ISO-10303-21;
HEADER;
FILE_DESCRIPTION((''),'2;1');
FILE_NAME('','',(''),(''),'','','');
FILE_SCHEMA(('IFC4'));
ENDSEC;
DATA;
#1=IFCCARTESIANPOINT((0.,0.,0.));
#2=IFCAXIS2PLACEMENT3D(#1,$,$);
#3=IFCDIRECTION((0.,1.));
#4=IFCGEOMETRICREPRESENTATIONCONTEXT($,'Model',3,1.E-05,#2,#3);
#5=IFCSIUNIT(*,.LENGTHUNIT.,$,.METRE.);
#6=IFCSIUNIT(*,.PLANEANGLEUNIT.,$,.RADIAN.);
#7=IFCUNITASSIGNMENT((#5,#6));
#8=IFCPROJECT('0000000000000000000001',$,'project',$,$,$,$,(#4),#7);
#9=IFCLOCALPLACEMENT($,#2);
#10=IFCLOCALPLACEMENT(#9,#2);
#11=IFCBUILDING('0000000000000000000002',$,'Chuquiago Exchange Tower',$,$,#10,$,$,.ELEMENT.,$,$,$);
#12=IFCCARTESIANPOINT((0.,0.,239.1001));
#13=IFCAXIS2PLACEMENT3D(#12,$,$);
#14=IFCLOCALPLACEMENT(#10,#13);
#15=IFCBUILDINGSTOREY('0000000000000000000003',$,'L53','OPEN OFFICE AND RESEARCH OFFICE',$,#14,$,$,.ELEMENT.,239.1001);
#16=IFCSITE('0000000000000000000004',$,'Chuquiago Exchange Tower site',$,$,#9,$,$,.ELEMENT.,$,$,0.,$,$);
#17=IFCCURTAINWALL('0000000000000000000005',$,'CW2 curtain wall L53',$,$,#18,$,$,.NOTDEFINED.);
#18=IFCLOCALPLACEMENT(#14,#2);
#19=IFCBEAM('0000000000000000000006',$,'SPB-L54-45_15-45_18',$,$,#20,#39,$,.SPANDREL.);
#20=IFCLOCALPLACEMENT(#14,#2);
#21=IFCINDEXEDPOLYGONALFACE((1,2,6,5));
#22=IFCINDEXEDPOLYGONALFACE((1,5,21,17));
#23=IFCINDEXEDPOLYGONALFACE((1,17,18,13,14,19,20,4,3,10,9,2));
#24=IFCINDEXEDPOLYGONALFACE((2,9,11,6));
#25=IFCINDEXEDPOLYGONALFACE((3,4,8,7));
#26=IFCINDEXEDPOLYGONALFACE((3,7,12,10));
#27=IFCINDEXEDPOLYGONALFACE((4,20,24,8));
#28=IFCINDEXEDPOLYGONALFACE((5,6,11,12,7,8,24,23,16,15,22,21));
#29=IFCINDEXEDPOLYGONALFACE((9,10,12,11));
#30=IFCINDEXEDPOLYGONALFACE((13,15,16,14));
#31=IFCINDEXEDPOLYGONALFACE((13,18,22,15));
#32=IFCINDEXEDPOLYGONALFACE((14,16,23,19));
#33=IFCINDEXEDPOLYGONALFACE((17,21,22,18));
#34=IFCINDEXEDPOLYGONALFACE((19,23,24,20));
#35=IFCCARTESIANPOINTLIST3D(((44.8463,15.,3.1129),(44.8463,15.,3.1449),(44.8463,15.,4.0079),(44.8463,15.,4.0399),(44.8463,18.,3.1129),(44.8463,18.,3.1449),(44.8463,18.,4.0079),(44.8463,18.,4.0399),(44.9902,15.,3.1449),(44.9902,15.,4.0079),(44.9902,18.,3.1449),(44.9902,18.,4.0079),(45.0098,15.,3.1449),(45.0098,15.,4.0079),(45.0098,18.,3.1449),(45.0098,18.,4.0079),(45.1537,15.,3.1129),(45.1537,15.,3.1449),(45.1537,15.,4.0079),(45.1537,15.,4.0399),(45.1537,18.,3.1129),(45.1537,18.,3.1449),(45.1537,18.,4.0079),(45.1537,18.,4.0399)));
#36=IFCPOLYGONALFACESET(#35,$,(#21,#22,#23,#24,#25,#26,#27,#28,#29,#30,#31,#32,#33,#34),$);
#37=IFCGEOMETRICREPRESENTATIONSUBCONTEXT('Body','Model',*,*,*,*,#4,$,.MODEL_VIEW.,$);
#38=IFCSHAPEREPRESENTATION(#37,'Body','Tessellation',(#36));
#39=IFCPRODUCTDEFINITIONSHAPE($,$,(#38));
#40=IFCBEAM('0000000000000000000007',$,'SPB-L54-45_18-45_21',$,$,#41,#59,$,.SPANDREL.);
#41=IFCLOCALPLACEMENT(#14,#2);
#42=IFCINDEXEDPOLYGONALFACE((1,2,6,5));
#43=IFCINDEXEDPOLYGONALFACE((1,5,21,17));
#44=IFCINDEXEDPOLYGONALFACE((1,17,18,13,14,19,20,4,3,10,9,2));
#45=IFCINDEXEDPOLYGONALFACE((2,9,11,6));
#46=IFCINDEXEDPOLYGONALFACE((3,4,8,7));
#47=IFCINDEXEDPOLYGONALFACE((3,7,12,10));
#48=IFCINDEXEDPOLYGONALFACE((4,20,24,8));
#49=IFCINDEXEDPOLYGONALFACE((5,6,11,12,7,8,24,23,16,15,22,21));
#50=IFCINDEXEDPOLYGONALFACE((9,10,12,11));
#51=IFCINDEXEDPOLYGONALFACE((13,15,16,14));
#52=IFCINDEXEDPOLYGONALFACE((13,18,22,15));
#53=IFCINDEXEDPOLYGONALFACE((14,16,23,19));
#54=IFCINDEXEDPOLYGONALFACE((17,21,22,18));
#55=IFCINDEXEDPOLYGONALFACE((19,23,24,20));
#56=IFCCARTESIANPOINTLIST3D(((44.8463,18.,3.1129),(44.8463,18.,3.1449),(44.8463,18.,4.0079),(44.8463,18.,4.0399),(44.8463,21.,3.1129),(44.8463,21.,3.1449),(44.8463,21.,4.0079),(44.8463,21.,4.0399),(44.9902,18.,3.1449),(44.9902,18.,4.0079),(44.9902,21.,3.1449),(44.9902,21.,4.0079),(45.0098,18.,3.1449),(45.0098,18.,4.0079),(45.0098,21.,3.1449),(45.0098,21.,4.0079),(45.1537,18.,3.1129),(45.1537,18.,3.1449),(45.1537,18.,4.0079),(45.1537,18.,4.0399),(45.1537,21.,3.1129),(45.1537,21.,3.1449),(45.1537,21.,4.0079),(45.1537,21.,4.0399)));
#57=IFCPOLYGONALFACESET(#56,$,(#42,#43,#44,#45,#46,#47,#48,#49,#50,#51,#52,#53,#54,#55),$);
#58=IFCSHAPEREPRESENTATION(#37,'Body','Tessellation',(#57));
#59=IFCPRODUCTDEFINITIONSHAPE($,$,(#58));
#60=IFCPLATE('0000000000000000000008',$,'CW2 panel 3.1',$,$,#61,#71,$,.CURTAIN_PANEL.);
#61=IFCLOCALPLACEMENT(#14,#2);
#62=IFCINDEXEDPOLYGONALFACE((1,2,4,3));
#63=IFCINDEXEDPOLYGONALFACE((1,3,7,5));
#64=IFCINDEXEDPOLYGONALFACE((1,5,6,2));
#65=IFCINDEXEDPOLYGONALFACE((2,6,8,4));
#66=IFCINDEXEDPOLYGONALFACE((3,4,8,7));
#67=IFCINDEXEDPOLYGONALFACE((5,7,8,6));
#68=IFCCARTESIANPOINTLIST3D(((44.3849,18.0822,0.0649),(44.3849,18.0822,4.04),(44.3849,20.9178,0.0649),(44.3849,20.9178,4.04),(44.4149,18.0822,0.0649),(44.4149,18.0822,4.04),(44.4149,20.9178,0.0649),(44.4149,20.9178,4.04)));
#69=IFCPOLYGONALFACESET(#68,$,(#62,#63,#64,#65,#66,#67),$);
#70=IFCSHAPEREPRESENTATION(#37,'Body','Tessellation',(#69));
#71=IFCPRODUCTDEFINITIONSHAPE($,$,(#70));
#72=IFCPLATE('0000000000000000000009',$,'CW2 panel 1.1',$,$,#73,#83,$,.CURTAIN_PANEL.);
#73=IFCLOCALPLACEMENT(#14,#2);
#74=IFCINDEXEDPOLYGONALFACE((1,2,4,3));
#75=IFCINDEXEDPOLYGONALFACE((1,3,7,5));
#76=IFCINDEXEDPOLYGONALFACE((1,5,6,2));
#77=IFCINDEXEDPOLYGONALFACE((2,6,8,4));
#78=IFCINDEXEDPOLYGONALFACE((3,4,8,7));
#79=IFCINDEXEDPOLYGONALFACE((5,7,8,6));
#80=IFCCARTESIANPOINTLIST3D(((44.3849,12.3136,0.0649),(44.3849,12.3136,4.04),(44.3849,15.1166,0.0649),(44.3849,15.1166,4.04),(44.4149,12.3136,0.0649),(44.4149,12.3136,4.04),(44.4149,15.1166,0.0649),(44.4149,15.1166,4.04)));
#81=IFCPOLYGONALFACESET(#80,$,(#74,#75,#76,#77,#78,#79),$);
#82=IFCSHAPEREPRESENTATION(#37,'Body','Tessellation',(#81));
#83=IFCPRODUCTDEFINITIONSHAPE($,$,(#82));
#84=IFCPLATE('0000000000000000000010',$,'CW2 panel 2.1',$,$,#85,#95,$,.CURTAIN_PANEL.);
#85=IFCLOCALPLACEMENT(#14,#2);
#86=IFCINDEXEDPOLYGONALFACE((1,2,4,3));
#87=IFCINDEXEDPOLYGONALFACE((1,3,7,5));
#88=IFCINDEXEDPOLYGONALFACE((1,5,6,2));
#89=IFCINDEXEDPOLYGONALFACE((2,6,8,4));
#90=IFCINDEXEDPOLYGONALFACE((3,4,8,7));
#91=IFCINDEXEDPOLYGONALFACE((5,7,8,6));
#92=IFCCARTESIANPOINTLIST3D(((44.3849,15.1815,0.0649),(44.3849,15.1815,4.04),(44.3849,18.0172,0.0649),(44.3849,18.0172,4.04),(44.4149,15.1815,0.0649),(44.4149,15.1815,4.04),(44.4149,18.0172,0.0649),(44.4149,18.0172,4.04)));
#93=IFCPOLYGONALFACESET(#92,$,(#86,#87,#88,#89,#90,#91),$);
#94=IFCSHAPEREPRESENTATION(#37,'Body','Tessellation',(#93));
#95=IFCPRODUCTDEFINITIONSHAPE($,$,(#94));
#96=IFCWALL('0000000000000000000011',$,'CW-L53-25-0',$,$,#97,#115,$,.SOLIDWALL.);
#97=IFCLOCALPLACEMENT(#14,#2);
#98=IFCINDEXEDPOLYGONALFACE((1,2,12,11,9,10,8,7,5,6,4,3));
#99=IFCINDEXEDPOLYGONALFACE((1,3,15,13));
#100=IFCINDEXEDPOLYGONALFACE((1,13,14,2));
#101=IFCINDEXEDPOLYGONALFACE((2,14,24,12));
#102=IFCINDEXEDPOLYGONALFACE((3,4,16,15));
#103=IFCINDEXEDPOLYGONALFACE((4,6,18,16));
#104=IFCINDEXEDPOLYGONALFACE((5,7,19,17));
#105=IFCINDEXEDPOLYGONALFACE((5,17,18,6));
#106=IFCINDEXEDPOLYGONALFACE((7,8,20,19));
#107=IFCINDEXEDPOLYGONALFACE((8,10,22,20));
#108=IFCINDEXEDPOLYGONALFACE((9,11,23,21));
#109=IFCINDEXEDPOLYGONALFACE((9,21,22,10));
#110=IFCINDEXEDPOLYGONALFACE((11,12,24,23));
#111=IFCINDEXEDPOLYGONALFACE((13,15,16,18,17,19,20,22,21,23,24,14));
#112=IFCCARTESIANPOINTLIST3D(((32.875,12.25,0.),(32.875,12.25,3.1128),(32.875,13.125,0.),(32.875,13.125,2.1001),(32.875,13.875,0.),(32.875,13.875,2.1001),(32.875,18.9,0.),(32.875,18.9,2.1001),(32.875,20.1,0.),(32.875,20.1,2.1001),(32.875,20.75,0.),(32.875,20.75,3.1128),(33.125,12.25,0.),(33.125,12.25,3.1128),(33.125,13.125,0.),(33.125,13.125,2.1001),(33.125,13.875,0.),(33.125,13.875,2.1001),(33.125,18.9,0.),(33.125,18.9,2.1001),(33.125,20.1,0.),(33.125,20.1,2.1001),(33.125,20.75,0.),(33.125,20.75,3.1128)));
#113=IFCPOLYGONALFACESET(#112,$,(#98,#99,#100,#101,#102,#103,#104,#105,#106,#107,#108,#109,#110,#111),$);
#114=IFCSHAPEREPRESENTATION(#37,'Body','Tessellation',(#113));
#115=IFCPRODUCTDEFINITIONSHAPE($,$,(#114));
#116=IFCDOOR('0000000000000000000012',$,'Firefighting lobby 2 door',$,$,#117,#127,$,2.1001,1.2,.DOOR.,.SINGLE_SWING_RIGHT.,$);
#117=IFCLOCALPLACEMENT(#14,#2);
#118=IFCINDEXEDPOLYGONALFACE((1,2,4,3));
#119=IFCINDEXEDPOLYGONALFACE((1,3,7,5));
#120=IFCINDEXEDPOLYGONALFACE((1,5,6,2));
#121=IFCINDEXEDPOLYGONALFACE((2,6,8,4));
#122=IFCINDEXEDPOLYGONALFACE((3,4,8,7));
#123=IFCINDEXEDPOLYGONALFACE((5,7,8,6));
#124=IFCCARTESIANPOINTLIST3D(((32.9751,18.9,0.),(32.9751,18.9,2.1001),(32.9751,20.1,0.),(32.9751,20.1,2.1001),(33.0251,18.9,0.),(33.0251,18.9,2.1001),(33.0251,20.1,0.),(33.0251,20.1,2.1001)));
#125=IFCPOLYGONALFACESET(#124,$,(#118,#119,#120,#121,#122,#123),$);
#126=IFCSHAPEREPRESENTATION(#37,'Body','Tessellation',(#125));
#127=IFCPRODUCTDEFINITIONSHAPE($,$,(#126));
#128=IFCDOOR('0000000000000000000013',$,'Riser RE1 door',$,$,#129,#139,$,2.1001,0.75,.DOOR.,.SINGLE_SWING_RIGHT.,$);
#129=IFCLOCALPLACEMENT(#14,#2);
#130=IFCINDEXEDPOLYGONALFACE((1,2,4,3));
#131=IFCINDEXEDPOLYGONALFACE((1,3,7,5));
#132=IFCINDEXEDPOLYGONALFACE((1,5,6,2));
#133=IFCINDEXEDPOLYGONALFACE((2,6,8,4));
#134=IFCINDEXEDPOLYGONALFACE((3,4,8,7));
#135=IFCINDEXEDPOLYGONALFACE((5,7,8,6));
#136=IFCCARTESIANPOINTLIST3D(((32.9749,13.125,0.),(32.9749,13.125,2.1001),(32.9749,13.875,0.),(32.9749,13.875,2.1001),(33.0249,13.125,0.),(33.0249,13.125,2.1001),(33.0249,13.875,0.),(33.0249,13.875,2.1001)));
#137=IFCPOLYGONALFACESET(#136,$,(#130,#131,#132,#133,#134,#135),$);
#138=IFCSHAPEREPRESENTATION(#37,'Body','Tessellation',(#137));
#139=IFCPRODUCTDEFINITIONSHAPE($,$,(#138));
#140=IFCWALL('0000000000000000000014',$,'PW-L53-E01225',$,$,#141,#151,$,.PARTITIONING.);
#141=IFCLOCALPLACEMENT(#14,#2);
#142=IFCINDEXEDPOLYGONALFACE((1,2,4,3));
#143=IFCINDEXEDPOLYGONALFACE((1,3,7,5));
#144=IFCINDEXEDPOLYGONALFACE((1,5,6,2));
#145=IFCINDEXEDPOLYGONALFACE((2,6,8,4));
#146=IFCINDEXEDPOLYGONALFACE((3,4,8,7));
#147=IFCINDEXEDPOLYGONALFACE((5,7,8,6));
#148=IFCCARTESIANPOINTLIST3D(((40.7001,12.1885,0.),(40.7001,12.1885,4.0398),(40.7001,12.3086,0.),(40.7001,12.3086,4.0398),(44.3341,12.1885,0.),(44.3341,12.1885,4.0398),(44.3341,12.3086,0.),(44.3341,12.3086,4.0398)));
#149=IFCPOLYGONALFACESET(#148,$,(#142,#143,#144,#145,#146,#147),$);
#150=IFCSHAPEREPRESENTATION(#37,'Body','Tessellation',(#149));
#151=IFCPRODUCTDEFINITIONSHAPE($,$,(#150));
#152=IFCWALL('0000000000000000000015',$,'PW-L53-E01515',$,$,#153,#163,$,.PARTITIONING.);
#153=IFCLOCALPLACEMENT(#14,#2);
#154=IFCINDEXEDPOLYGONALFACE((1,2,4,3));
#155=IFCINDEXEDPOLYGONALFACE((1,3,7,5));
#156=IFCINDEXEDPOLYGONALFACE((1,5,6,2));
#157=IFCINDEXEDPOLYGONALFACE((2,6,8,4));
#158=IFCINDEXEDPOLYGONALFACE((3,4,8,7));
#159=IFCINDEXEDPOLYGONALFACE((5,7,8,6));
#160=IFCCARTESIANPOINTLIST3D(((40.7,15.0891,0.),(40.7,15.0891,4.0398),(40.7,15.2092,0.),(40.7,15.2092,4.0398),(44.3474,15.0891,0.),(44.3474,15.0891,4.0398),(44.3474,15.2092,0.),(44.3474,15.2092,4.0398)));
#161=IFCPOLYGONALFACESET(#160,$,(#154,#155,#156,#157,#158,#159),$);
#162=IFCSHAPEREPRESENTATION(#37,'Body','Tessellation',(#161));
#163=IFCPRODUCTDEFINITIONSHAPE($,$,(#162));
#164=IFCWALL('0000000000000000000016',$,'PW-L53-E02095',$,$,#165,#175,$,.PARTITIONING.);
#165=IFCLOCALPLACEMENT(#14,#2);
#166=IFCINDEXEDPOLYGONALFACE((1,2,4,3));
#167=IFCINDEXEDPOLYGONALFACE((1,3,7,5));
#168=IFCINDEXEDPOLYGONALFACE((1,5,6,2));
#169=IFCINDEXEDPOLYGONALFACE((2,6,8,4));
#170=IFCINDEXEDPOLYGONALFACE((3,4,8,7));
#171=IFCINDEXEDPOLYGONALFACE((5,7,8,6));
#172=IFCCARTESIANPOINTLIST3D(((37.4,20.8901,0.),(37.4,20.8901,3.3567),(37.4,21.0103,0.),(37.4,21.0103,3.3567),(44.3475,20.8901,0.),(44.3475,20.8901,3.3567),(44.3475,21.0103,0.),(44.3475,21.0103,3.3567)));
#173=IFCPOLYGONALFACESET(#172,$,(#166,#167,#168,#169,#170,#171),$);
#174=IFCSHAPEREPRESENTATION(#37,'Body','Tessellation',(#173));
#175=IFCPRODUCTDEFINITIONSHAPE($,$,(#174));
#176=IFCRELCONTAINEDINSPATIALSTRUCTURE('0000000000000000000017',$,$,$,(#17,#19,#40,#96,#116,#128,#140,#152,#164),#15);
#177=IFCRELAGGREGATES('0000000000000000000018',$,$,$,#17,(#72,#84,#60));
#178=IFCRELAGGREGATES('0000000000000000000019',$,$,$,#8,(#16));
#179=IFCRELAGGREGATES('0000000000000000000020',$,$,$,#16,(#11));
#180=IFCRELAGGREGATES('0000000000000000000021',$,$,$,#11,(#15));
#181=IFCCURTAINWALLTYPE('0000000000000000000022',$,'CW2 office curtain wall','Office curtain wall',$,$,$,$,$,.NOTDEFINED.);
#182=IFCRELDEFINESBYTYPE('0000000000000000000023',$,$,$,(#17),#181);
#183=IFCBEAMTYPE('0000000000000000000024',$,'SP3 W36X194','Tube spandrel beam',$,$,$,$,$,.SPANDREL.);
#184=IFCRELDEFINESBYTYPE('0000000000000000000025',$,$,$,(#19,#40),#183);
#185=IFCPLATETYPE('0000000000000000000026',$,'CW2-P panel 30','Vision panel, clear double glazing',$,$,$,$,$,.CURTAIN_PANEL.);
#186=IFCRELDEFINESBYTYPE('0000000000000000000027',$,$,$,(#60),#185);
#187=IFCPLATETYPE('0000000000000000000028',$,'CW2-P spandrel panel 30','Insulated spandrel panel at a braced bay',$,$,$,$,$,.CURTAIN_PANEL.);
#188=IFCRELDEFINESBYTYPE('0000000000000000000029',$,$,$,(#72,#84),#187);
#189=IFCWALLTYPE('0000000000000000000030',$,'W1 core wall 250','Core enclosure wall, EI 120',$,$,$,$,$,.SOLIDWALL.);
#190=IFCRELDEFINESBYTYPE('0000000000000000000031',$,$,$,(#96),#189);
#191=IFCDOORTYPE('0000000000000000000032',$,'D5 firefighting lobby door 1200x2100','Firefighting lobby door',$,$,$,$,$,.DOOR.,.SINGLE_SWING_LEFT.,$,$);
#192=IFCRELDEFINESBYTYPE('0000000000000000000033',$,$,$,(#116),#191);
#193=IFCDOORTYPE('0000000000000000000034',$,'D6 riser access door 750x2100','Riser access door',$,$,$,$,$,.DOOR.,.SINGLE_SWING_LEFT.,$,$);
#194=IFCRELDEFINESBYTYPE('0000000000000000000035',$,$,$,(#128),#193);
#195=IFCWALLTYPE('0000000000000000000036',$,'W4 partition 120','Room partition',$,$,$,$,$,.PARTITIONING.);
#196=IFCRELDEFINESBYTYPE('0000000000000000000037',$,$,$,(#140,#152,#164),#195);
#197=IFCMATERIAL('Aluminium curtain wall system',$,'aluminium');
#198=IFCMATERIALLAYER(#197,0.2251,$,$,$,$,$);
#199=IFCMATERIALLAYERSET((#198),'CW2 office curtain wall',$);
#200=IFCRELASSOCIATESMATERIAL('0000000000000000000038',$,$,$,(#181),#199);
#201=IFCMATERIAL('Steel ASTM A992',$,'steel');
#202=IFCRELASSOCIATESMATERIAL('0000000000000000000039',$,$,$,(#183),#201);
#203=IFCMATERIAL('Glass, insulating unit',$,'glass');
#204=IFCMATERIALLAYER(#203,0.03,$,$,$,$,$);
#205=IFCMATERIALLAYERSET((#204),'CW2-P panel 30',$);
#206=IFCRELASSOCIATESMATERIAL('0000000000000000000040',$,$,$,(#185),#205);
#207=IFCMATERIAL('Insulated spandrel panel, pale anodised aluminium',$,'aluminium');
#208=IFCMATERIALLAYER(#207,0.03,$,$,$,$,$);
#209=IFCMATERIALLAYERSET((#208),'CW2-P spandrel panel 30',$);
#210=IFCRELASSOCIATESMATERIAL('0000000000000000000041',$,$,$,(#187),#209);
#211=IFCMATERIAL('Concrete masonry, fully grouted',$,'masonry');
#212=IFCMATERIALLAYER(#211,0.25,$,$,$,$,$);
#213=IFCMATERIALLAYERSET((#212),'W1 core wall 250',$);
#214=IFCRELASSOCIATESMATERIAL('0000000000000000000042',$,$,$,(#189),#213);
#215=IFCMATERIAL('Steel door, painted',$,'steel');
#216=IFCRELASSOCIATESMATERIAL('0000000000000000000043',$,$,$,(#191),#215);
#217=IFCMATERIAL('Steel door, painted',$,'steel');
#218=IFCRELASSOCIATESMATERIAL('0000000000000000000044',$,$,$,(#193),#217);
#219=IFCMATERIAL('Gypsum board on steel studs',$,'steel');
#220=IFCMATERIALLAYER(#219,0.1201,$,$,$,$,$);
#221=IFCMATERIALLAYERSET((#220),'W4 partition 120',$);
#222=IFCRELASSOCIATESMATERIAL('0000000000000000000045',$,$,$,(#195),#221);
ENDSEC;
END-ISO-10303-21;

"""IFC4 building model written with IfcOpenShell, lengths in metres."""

from ifc_helpers import new_model, si_unit, direction, frame, frame_2d, origin, origin_2d, place, context, subcontext, project, spatial, rectangle, i_section, extrude, material, layer, layer_set, material_profile, profile_set, type_object, element, fill, aggregate, save


model = new_model("IFC4")

# Units and contexts
model_context = context("Model", 3, precision=1e-05, world=origin(), true_north=direction((0.0, 1.0)))
body_context = subcontext(model_context, "Body", "Model", "MODEL_VIEW")
ifc_project = project(units=[si_unit("LENGTHUNIT", "METRE"), si_unit("PLANEANGLEUNIT", "RADIAN")], contexts=[model_context])

# Site, building, storey
site_placement = place(None, origin())
site = spatial("IfcSite", under=ifc_project, at=site_placement, Name="Chuquiago Exchange Tower site", CompositionType="ELEMENT", RefElevation=0.0)
building_placement = place(site_placement, origin())
building = spatial("IfcBuilding", under=site, at=building_placement, Name="Chuquiago Exchange Tower", CompositionType="ELEMENT")
storey_placement = place(building_placement, frame((0.0, 0.0, 239.1001)))
storey = spatial("IfcBuildingStorey", under=building, at=storey_placement, Name="L53", Description="OPEN OFFICE AND RESEARCH OFFICE", CompositionType="ELEMENT", Elevation=239.1001)

# Curtain wall
ifc_material_1 = material(Name="Aluminium curtain wall system", Category="aluminium")
ifc_layer_1 = layer(ifc_material_1, 0.2251)
ifc_layer_set_1 = layer_set([ifc_layer_1], Name="CW2 office curtain wall")
curtain_wall_type_1 = type_object("IfcCurtainWallType", Name="CW2 office curtain wall", Description="Office curtain wall", PredefinedType="NOTDEFINED", material=ifc_layer_set_1)
curtain_wall_1_placement = place(storey_placement, origin())
curtain_wall_1 = element("IfcCurtainWall", 1, at=curtain_wall_1_placement, inside=storey, type_object=curtain_wall_type_1, Name="CW2 curtain wall L53", PredefinedType="NOTDEFINED")

# Beams
ifc_material_2 = material(Name="Steel ASTM A992", Category="steel")
ifc_material_profile_1 = material_profile(ifc_material_2, i_section(OverallWidth=0.3074, OverallDepth=0.927, WebThickness=0.0195, FlangeThickness=0.032, at=origin_2d()), Name="W36X194")
ifc_profile_set_1 = profile_set([ifc_material_profile_1], Name="Steel ASTM A992")
beam_type_1 = type_object("IfcBeamType", Name="SP3 W36X194", Description="Tube spandrel beam", PredefinedType="SPANDREL", material=ifc_profile_set_1)
for number, where, z_axis, x_axis, name in (
    (2, (45.0, 15.0, 3.5764), (0.0, 1.0, 0.0), (-1.0, 0.0, 0.0), "SPB-L54-45_15-45_18"),
    (3, (45.0, 18.0, 3.5764), (0.0, 1.0, 0.0), (-1.0, 0.0, 0.0), "SPB-L54-45_18-45_21"),
):
    element("IfcBeam", number, at=place(storey_placement, frame(where, z_axis=z_axis, x_axis=x_axis)), inside=storey, type_object=beam_type_1, Name=name, PredefinedType="SPANDREL", context=body_context, shape_type="SweptSolid", body=[
        extrude(i_section(OverallWidth=0.3074, OverallDepth=0.927, WebThickness=0.0195, FlangeThickness=0.032, at=origin_2d()), origin(), (0.0, 0.0, 1.0), 3.0),
    ])

# Plates
ifc_material_3 = material(Name="Glass, insulating unit", Category="glass")
ifc_layer_2 = layer(ifc_material_3, 0.03)
ifc_layer_set_2 = layer_set([ifc_layer_2], Name="CW2-P panel 30")
plate_type_1 = type_object("IfcPlateType", Name="CW2-P panel 30", Description="Vision panel, clear double glazing", PredefinedType="CURTAIN_PANEL", material=ifc_layer_set_2)
plate_1_placement = place(storey_placement, frame((44.3999, 19.5, 0.0649), z_axis=(0.0, 0.0, 1.0), x_axis=(0.0, 1.0, 0.0)))
plate_1 = element("IfcPlate", 4, at=plate_1_placement, type_object=plate_type_1, Name="CW2 panel 3.1", PredefinedType="CURTAIN_PANEL", context=body_context, shape_type="SweptSolid", body=[
    extrude(rectangle(XDim=2.8357, YDim=0.03, at=origin_2d()), origin(), (0.0, 0.0, 1.0), 3.9751),
])
ifc_material_4 = material(Name="Insulated spandrel panel, pale anodised aluminium", Category="aluminium")
ifc_layer_3 = layer(ifc_material_4, 0.03)
ifc_layer_set_3 = layer_set([ifc_layer_3], Name="CW2-P spandrel panel 30")
plate_type_2 = type_object("IfcPlateType", Name="CW2-P spandrel panel 30", Description="Insulated spandrel panel at a braced bay", PredefinedType="CURTAIN_PANEL", material=ifc_layer_set_3)
plate_2_placement = place(storey_placement, frame((44.3999, 13.7151, 0.0649), z_axis=(0.0, 0.0, 1.0), x_axis=(0.0, 1.0, 0.0)))
plate_2 = element("IfcPlate", 5, at=plate_2_placement, type_object=plate_type_2, Name="CW2 panel 1.1", PredefinedType="CURTAIN_PANEL", context=body_context, shape_type="SweptSolid", body=[
    extrude(rectangle(XDim=2.803, YDim=0.03, at=origin_2d()), origin(), (0.0, 0.0, 1.0), 3.9751),
])
plate_3_placement = place(storey_placement, frame((44.3999, 16.5994, 0.0649), z_axis=(0.0, 0.0, 1.0), x_axis=(0.0, 1.0, 0.0)))
plate_3 = element("IfcPlate", 6, at=plate_3_placement, type_object=plate_type_2, Name="CW2 panel 2.1", PredefinedType="CURTAIN_PANEL", context=body_context, shape_type="SweptSolid", body=[
    extrude(rectangle(XDim=2.8357, YDim=0.03, at=origin_2d()), origin(), (0.0, 0.0, 1.0), 3.9751),
])
aggregate(curtain_wall_1, [plate_2, plate_3, plate_1])

# Wall, openings, doors
ifc_material_5 = material(Name="Concrete masonry, fully grouted", Category="masonry")
ifc_layer_4 = layer(ifc_material_5, 0.25)
ifc_layer_set_4 = layer_set([ifc_layer_4], Name="W1 core wall 250")
wall_type_1 = type_object("IfcWallType", Name="W1 core wall 250", Description="Core enclosure wall, EI 120", PredefinedType="SOLIDWALL", material=ifc_layer_set_4)
wall_1_placement = place(storey_placement, frame((33.0, 12.25, 0.0), z_axis=(0.0, 0.0, 1.0), x_axis=(0.0, 1.0, 0.0)))
wall_1 = element("IfcWall", 7, at=wall_1_placement, inside=storey, type_object=wall_type_1, Name="CW-L53-25-0", PredefinedType="SOLIDWALL", context=body_context, shape_type="SweptSolid", body=[
    extrude(rectangle(XDim=8.5, YDim=0.25, at=frame_2d((4.25, 0.0))), origin(), (0.0, 0.0, 1.0), 3.1128),
])
opening_1_placement = place(wall_1_placement, frame((6.6499, 0.0, 0.0)))
opening_1 = element("IfcOpeningElement", 8, at=opening_1_placement, cuts=wall_1, PredefinedType="OPENING", context=body_context, shape_type="SweptSolid", body=[
    extrude(rectangle(XDim=1.2, YDim=2.1001, at=frame_2d((0.6001, 1.05))), frame((0.0, 0.135, 0.0), z_axis=(0.0, -1.0, 0.0), x_axis=(1.0, 0.0, 0.0)), (0.0, 0.0, 1.0), 0.27),
])
opening_2_placement = place(wall_1_placement, frame((0.875, 0.0, 0.0)))
opening_2 = element("IfcOpeningElement", 9, at=opening_2_placement, cuts=wall_1, PredefinedType="OPENING", context=body_context, shape_type="SweptSolid", body=[
    extrude(rectangle(XDim=0.75, YDim=2.1001, at=frame_2d((0.375, 1.05))), frame((0.0, 0.135, 0.0), z_axis=(0.0, -1.0, 0.0), x_axis=(1.0, 0.0, 0.0)), (0.0, 0.0, 1.0), 0.27),
])
ifc_material_6 = material(Name="Steel door, painted", Category="steel")
door_type_1 = type_object("IfcDoorType", Name="D5 firefighting lobby door 1200x2100", Description="Firefighting lobby door", OperationType="SINGLE_SWING_LEFT", PredefinedType="DOOR", material=ifc_material_6)
door_1_placement = place(opening_1_placement, origin())
door_1 = element("IfcDoor", 10, at=door_1_placement, inside=storey, type_object=door_type_1, Name="Firefighting lobby 2 door", OperationType="SINGLE_SWING_RIGHT", OverallHeight=2.1001, OverallWidth=1.2, PredefinedType="DOOR", context=body_context, shape_type="SweptSolid", body=[
    extrude(rectangle(XDim=1.2, YDim=2.1001, at=frame_2d((0.6001, 1.05))), frame((0.0, 0.0249, 0.0), z_axis=(0.0, -1.0, 0.0), x_axis=(1.0, 0.0, 0.0)), (0.0, 0.0, 1.0), 0.05),
])
fill(opening_1, door_1)
ifc_material_7 = material(Name="Steel door, painted", Category="steel")
door_type_2 = type_object("IfcDoorType", Name="D6 riser access door 750x2100", Description="Riser access door", OperationType="SINGLE_SWING_LEFT", PredefinedType="DOOR", material=ifc_material_7)
door_2_placement = place(opening_2_placement, frame((0.75, 0.0, 0.0), z_axis=(0.0, 0.0, 1.0), x_axis=(-1.0, 0.0, 0.0)))
door_2 = element("IfcDoor", 11, at=door_2_placement, inside=storey, type_object=door_type_2, Name="Riser RE1 door", OperationType="SINGLE_SWING_RIGHT", OverallHeight=2.1001, OverallWidth=0.75, PredefinedType="DOOR", context=body_context, shape_type="SweptSolid", body=[
    extrude(rectangle(XDim=0.75, YDim=2.1001, at=frame_2d((0.375, 1.05))), frame((0.0, 0.0249, 0.0), z_axis=(0.0, -1.0, 0.0), x_axis=(1.0, 0.0, 0.0)), (0.0, 0.0, 1.0), 0.05),
])
fill(opening_2, door_2)

# Walls
ifc_material_8 = material(Name="Gypsum board on steel studs", Category="steel")
ifc_layer_5 = layer(ifc_material_8, 0.1201)
ifc_layer_set_5 = layer_set([ifc_layer_5], Name="W4 partition 120")
wall_type_2 = type_object("IfcWallType", Name="W4 partition 120", Description="Room partition", PredefinedType="PARTITIONING", material=ifc_layer_set_5)
wall_2_placement = place(storey_placement, frame((44.334, 12.2485, 0.0), z_axis=(0.0, 0.0, 1.0), x_axis=(-1.0, 0.0, 0.0)))
element("IfcWall", 12, at=wall_2_placement, inside=storey, type_object=wall_type_2, Name="PW-L53-E01225", PredefinedType="PARTITIONING", context=body_context, shape_type="SweptSolid", body=[
    extrude(rectangle(XDim=3.634, YDim=0.1201, at=frame_2d((1.8169, 0.0))), origin(), (0.0, 0.0, 1.0), 4.0398),
])
wall_3_placement = place(storey_placement, frame((44.3474, 15.1492, 0.0), z_axis=(0.0, 0.0, 1.0), x_axis=(-1.0, 0.0, 0.0)))
element("IfcWall", 13, at=wall_3_placement, inside=storey, type_object=wall_type_2, Name="PW-L53-E01515", PredefinedType="PARTITIONING", context=body_context, shape_type="SweptSolid", body=[
    extrude(rectangle(XDim=3.6475, YDim=0.1201, at=frame_2d((1.8237, 0.0))), origin(), (0.0, 0.0, 1.0), 4.0398),
])
wall_4_placement = place(storey_placement, frame((44.3474, 20.9502, 0.0), z_axis=(0.0, 0.0, 1.0), x_axis=(-1.0, 0.0, 0.0)))
element("IfcWall", 14, at=wall_4_placement, inside=storey, type_object=wall_type_2, Name="PW-L53-E02095", PredefinedType="PARTITIONING", context=body_context, shape_type="SweptSolid", body=[
    extrude(rectangle(XDim=6.9475, YDim=0.1201, at=frame_2d((3.4736, 0.0))), origin(), (0.0, 0.0, 1.0), 3.3567),
])

save(model, "model.ifc")
